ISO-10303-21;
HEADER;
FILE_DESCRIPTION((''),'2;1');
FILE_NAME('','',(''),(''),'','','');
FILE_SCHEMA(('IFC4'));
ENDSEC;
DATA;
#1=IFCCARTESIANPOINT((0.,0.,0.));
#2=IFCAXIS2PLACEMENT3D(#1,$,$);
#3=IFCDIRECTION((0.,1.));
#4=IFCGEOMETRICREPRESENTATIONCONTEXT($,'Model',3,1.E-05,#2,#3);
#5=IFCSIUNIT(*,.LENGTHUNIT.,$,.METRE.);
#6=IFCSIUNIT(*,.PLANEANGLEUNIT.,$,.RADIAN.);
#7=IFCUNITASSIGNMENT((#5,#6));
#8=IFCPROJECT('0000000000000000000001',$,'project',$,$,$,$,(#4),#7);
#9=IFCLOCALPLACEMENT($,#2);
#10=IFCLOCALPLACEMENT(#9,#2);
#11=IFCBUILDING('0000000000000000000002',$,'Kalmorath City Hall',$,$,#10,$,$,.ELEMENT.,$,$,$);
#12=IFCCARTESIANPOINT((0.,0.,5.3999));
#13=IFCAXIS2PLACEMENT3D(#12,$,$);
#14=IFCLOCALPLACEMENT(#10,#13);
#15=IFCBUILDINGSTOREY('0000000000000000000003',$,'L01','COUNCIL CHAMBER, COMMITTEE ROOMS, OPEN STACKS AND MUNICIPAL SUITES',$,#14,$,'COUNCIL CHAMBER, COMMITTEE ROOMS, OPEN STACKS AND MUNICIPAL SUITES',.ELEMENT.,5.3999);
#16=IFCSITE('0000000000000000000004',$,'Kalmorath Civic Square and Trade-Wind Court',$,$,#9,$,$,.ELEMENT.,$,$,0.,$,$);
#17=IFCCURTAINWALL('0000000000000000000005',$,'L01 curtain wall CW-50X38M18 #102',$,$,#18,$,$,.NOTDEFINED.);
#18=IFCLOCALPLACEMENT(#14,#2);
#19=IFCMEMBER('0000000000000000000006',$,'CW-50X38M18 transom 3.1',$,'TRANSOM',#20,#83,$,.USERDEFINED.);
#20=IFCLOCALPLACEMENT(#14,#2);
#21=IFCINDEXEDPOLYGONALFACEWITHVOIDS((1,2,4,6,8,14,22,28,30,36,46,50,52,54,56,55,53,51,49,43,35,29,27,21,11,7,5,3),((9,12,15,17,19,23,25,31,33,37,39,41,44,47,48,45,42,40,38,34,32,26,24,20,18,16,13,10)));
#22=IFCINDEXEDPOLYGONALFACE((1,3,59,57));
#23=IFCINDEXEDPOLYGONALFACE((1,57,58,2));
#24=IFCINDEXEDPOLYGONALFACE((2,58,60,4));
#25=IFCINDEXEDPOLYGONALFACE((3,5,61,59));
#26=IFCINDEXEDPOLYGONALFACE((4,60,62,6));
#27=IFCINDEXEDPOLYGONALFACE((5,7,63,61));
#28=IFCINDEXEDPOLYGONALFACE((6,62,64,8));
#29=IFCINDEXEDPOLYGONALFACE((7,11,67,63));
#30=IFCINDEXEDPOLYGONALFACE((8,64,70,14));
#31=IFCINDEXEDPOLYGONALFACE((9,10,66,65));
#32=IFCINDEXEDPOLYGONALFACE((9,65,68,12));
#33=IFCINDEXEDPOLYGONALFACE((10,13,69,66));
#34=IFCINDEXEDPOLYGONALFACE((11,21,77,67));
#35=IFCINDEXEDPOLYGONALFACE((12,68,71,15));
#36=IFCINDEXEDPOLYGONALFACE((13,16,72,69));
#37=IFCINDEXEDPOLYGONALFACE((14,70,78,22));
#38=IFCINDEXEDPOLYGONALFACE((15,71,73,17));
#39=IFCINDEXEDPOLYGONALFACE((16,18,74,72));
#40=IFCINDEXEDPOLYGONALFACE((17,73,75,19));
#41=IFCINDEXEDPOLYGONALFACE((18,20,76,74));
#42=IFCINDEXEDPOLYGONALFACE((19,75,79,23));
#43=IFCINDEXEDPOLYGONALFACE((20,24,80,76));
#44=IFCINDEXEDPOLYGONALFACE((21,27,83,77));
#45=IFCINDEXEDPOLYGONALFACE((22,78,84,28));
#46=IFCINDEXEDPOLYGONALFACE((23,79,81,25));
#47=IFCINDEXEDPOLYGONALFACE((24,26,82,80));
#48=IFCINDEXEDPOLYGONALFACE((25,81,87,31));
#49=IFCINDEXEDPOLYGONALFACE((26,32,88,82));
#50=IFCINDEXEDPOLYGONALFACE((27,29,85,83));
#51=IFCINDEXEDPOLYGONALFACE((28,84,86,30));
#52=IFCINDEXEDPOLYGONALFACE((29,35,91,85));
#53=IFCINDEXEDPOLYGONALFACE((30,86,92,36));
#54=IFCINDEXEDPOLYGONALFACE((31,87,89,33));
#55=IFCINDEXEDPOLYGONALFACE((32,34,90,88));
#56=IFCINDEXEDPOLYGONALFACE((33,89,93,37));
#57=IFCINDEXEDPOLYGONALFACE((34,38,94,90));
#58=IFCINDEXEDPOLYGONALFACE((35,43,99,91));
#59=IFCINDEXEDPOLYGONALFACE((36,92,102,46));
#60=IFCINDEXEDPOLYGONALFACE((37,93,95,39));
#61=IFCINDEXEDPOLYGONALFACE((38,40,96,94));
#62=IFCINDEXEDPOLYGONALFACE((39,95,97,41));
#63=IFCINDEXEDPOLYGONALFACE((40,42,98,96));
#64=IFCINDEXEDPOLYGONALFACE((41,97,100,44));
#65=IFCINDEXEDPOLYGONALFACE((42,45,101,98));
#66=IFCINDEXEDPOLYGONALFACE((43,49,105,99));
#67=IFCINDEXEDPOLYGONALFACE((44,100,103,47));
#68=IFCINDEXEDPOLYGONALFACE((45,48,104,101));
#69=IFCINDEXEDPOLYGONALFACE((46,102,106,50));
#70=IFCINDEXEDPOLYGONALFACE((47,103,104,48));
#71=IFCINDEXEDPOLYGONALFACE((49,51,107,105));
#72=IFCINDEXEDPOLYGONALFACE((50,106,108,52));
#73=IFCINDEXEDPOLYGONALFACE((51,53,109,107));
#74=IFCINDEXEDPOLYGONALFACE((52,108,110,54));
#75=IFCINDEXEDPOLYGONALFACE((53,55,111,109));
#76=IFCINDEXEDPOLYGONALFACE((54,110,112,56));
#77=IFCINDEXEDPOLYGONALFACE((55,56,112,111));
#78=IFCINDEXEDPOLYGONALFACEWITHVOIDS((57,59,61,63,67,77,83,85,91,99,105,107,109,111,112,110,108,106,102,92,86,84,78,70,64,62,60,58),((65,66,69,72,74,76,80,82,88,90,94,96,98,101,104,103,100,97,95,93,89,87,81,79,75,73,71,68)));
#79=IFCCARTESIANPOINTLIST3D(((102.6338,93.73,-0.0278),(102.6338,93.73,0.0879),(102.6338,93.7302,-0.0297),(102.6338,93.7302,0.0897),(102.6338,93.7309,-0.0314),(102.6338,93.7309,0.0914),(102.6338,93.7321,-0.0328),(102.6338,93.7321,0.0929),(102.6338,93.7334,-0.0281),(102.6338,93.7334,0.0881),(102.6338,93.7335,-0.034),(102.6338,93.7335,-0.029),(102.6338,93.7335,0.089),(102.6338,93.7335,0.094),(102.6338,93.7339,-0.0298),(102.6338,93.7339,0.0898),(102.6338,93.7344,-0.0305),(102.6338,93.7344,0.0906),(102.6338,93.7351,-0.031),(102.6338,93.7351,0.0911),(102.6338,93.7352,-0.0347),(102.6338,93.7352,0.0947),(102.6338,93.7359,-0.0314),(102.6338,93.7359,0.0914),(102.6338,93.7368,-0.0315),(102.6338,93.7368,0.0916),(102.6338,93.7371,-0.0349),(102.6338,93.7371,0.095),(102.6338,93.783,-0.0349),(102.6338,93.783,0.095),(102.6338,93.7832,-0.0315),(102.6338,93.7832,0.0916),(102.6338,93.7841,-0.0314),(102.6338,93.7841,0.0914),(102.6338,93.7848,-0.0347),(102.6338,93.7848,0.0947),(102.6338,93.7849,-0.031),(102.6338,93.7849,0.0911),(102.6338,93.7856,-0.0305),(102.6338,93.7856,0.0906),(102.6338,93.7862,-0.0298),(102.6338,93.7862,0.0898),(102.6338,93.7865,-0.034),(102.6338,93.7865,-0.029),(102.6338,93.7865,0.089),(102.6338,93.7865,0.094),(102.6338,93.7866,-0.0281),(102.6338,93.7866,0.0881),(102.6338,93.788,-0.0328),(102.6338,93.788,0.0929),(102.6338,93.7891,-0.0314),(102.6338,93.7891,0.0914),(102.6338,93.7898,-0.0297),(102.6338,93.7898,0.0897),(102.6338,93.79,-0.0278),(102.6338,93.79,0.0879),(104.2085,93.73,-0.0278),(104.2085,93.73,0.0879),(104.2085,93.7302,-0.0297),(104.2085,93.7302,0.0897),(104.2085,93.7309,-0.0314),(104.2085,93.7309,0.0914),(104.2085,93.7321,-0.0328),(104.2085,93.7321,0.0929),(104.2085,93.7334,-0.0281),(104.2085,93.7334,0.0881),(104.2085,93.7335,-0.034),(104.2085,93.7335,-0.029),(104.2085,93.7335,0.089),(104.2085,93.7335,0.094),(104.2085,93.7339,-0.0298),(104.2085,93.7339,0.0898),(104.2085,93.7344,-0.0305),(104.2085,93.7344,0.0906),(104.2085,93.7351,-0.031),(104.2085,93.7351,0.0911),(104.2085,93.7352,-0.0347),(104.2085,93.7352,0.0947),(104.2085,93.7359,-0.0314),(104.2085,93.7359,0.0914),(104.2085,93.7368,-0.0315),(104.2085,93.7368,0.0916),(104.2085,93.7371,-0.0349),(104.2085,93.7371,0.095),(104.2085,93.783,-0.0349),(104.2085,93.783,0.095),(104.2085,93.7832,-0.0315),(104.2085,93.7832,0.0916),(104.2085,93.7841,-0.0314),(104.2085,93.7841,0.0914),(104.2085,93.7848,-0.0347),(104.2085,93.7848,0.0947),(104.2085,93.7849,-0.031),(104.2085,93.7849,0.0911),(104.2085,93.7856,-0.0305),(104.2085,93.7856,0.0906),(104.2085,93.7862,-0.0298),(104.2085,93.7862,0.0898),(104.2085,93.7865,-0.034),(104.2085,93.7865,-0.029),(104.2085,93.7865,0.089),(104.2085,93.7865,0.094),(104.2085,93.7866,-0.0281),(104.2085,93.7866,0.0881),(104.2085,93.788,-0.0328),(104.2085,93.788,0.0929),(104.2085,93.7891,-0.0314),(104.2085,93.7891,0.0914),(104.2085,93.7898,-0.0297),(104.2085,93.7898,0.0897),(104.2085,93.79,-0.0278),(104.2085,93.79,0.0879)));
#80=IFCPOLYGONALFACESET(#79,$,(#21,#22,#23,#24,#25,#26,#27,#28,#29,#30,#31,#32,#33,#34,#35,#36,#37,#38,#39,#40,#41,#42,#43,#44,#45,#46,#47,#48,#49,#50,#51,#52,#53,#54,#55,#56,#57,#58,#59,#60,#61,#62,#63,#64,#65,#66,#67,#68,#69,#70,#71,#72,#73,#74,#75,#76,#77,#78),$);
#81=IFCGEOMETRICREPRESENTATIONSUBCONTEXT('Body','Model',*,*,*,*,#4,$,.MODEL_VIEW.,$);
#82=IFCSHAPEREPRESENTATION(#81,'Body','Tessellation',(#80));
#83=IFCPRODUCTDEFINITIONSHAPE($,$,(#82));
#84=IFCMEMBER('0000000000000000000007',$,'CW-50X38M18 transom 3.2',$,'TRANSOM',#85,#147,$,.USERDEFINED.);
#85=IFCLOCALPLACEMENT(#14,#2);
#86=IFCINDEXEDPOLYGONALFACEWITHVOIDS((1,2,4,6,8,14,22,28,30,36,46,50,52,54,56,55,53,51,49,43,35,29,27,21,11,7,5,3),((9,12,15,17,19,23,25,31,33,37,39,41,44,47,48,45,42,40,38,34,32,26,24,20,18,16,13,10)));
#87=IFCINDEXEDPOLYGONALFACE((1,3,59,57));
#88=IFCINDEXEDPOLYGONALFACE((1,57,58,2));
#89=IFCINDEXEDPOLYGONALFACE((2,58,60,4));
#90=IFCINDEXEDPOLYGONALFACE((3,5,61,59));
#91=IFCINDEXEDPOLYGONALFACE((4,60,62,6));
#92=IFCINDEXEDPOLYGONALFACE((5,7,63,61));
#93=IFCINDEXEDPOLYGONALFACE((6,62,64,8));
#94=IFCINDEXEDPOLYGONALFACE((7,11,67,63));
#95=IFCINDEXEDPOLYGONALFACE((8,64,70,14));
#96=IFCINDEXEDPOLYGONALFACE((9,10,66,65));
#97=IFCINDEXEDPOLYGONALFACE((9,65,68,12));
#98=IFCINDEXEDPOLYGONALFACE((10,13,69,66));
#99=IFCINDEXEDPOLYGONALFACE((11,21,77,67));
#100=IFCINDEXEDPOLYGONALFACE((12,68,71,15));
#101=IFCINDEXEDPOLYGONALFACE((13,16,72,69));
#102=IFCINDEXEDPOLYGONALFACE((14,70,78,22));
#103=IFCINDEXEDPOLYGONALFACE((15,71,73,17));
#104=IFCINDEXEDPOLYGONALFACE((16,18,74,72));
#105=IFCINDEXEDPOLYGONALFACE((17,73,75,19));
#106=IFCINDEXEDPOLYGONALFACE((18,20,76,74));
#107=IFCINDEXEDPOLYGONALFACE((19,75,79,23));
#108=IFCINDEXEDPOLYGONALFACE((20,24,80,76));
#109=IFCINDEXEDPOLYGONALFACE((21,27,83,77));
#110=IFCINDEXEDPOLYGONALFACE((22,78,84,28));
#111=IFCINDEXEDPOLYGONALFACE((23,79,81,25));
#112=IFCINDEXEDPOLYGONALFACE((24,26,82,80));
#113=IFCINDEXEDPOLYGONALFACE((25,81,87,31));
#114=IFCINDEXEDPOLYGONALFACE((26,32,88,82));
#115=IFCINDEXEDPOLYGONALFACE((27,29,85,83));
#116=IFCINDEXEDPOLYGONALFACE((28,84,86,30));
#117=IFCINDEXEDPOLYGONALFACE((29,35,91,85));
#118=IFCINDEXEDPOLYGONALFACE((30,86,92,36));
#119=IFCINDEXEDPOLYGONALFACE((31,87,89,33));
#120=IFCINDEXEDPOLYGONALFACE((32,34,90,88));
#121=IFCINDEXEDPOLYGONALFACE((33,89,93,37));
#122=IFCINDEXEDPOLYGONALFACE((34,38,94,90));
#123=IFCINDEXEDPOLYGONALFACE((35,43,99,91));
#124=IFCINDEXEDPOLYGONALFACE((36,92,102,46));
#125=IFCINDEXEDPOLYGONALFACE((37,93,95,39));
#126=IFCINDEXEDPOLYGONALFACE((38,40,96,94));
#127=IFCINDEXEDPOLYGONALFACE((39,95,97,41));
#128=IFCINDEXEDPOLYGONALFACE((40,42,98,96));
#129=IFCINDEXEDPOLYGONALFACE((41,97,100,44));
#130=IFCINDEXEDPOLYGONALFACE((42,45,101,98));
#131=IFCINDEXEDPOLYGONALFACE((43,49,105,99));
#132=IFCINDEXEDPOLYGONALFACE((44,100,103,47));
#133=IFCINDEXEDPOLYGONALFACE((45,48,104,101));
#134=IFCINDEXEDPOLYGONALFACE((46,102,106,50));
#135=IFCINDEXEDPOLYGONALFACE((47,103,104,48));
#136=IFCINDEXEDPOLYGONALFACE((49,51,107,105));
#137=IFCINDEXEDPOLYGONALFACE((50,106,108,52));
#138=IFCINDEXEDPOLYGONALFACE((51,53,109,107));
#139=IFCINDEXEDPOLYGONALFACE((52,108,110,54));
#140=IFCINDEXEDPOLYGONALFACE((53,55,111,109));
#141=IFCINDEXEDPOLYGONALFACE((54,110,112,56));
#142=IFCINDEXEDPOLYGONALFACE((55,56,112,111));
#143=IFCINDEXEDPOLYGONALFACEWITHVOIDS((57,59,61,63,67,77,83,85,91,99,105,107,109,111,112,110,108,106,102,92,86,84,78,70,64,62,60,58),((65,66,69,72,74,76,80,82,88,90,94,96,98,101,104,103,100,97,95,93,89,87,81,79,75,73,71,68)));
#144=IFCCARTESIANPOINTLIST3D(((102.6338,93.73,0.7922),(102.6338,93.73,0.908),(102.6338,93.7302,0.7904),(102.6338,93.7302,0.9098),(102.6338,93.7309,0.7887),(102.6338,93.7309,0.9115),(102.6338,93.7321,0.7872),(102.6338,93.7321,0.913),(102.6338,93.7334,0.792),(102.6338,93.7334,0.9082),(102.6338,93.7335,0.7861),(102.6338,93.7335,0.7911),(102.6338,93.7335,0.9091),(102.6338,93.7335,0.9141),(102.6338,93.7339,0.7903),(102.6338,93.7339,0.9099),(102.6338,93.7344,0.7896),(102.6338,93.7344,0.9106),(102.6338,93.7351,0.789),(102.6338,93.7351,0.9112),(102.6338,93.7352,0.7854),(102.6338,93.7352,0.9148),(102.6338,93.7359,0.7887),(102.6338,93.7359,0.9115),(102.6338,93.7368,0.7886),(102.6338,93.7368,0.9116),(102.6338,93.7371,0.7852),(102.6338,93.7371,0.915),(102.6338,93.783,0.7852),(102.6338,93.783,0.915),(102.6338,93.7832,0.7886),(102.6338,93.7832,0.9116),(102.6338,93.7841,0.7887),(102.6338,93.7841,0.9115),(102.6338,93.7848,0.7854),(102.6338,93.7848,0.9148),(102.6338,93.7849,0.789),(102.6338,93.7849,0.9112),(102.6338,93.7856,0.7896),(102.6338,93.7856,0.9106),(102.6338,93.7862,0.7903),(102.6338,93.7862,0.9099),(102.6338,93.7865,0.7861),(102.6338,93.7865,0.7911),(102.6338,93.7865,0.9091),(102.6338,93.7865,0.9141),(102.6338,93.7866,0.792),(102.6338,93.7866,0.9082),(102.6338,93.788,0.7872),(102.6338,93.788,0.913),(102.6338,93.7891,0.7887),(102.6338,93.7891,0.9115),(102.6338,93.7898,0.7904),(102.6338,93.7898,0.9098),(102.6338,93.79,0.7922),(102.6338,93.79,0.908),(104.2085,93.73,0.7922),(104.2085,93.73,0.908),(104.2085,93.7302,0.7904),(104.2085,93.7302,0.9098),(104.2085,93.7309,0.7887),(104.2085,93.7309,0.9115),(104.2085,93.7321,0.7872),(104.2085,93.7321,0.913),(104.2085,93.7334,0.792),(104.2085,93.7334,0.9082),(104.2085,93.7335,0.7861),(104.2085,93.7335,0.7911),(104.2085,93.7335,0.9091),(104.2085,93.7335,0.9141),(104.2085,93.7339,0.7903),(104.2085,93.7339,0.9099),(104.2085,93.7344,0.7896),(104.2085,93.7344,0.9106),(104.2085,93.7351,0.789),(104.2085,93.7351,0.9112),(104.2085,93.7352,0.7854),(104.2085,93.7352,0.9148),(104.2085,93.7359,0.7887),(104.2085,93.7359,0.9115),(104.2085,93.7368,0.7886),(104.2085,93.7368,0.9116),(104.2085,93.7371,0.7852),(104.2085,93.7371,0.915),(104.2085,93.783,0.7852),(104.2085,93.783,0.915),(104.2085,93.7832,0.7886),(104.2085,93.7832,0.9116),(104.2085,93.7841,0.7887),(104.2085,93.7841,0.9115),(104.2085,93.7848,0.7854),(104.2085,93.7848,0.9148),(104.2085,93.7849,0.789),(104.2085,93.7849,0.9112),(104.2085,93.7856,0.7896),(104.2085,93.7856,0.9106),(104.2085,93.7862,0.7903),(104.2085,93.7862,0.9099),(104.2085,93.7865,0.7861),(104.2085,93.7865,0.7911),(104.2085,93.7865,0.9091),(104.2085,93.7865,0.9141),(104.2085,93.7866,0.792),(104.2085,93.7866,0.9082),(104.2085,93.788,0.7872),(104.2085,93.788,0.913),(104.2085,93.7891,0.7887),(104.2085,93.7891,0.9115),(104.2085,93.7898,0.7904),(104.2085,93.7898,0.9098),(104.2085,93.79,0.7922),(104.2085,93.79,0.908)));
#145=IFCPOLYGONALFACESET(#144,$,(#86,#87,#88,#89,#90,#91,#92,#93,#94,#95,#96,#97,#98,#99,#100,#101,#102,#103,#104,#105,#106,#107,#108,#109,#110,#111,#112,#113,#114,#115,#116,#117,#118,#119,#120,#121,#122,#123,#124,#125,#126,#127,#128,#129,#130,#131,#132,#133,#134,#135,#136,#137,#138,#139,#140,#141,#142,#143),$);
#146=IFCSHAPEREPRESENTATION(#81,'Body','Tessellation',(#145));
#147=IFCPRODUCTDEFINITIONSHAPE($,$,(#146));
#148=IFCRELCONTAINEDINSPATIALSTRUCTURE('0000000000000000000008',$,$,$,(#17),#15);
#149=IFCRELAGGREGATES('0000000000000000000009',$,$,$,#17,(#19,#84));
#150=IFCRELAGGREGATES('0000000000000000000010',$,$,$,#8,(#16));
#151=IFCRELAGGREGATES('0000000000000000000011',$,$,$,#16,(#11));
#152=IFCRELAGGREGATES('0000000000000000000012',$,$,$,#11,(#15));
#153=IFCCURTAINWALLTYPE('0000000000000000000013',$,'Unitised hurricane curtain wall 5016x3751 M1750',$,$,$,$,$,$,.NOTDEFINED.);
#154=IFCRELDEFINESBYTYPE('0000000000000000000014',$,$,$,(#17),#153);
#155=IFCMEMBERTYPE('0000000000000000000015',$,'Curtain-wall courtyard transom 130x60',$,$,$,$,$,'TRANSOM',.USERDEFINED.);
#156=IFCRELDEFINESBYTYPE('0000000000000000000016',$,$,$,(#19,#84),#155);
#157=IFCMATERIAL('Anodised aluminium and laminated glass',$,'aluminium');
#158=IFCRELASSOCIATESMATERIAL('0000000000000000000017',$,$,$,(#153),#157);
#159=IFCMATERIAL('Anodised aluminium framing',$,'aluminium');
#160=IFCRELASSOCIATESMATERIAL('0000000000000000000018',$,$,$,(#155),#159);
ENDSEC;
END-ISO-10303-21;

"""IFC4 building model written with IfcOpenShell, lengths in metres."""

from ifc_helpers import new_model, si_unit, direction, frame, origin, origin_2d, place, context, subcontext, project, spatial, hollow_rectangle, extrude, material, material_profile, profile_set, type_object, element, aggregate, save


model = new_model("IFC4")

# Units and contexts
model_context = context("Model", 3, precision=1e-05, world=origin(), true_north=direction((0.0, 1.0)))
body_context = subcontext(model_context, "Body", "Model", "MODEL_VIEW")
ifc_project = project(units=[si_unit("LENGTHUNIT", "METRE"), si_unit("PLANEANGLEUNIT", "RADIAN")], contexts=[model_context])

# Site, building, storey
site_placement = place(None, origin())
site = spatial("IfcSite", under=ifc_project, at=site_placement, Name="Kalmorath Civic Square and Trade-Wind Court", CompositionType="ELEMENT", RefElevation=0.0)
building_placement = place(site_placement, origin())
building = spatial("IfcBuilding", under=site, at=building_placement, Name="Kalmorath City Hall", CompositionType="ELEMENT")
storey_placement = place(building_placement, frame((0.0, 0.0, 5.3999)))
storey = spatial("IfcBuildingStorey", under=building, at=storey_placement, Name="L01", Description="COUNCIL CHAMBER, COMMITTEE ROOMS, OPEN STACKS AND MUNICIPAL SUITES", LongName="COUNCIL CHAMBER, COMMITTEE ROOMS, OPEN STACKS AND MUNICIPAL SUITES", CompositionType="ELEMENT", Elevation=5.3999)

# Curtain wall, members
ifc_material_1 = material(Name="Anodised aluminium and laminated glass", Category="aluminium")
curtain_wall_type = type_object("IfcCurtainWallType", Name="Unitised hurricane curtain wall 5016x3751 M1750", PredefinedType="NOTDEFINED", material=ifc_material_1)
curtain_wall_placement = place(storey_placement, origin())
curtain_wall = element("IfcCurtainWall", 1, at=curtain_wall_placement, inside=storey, type_object=curtain_wall_type, Name="L01 curtain wall CW-50X38M18 #102", PredefinedType="NOTDEFINED")
ifc_material_2 = material(Name="Anodised aluminium framing", Category="aluminium")
ifc_material_profile_1 = material_profile(ifc_material_2, hollow_rectangle(XDim=0.0601, YDim=0.1299, WallThickness=0.0034, InnerFilletRadius=0.0034, OuterFilletRadius=0.0071, at=origin_2d()), Name="ALU-TRN-130X60X3.5")
ifc_profile_set_1 = profile_set([ifc_material_profile_1], Name="Anodised aluminium framing")
member_type_1 = type_object("IfcMemberType", Name="Curtain-wall courtyard transom 130x60", ElementType="TRANSOM", PredefinedType="USERDEFINED", material=ifc_profile_set_1)
member_1_placement = place(storey_placement, frame((104.2085, 93.76, 0.03), z_axis=(-1.0, 0.0, 0.0), x_axis=(0.0, -1.0, 0.0)))
member_1 = element("IfcMember", 2, at=member_1_placement, type_object=member_type_1, Name="CW-50X38M18 transom 3.1", ObjectType="TRANSOM", PredefinedType="USERDEFINED", context=body_context, shape_type="SweptSolid", body=[
    extrude(hollow_rectangle(XDim=0.0601, YDim=0.1299, WallThickness=0.0034, InnerFilletRadius=0.0034, OuterFilletRadius=0.0071, at=origin_2d()), origin(), (0.0, 0.0, 1.0), 1.5747),
])
member_2_placement = place(storey_placement, frame((104.2085, 93.76, 0.8501), z_axis=(-1.0, 0.0, 0.0), x_axis=(0.0, -1.0, 0.0)))
member_2 = element("IfcMember", 3, at=member_2_placement, type_object=member_type_1, Name="CW-50X38M18 transom 3.2", ObjectType="TRANSOM", PredefinedType="USERDEFINED", context=body_context, shape_type="SweptSolid", body=[
    extrude(hollow_rectangle(XDim=0.0601, YDim=0.1299, WallThickness=0.0034, InnerFilletRadius=0.0034, OuterFilletRadius=0.0071, at=origin_2d()), origin(), (0.0, 0.0, 1.0), 1.5747),
])
aggregate(curtain_wall, [member_1, member_2])

save(model, "model.ifc")
